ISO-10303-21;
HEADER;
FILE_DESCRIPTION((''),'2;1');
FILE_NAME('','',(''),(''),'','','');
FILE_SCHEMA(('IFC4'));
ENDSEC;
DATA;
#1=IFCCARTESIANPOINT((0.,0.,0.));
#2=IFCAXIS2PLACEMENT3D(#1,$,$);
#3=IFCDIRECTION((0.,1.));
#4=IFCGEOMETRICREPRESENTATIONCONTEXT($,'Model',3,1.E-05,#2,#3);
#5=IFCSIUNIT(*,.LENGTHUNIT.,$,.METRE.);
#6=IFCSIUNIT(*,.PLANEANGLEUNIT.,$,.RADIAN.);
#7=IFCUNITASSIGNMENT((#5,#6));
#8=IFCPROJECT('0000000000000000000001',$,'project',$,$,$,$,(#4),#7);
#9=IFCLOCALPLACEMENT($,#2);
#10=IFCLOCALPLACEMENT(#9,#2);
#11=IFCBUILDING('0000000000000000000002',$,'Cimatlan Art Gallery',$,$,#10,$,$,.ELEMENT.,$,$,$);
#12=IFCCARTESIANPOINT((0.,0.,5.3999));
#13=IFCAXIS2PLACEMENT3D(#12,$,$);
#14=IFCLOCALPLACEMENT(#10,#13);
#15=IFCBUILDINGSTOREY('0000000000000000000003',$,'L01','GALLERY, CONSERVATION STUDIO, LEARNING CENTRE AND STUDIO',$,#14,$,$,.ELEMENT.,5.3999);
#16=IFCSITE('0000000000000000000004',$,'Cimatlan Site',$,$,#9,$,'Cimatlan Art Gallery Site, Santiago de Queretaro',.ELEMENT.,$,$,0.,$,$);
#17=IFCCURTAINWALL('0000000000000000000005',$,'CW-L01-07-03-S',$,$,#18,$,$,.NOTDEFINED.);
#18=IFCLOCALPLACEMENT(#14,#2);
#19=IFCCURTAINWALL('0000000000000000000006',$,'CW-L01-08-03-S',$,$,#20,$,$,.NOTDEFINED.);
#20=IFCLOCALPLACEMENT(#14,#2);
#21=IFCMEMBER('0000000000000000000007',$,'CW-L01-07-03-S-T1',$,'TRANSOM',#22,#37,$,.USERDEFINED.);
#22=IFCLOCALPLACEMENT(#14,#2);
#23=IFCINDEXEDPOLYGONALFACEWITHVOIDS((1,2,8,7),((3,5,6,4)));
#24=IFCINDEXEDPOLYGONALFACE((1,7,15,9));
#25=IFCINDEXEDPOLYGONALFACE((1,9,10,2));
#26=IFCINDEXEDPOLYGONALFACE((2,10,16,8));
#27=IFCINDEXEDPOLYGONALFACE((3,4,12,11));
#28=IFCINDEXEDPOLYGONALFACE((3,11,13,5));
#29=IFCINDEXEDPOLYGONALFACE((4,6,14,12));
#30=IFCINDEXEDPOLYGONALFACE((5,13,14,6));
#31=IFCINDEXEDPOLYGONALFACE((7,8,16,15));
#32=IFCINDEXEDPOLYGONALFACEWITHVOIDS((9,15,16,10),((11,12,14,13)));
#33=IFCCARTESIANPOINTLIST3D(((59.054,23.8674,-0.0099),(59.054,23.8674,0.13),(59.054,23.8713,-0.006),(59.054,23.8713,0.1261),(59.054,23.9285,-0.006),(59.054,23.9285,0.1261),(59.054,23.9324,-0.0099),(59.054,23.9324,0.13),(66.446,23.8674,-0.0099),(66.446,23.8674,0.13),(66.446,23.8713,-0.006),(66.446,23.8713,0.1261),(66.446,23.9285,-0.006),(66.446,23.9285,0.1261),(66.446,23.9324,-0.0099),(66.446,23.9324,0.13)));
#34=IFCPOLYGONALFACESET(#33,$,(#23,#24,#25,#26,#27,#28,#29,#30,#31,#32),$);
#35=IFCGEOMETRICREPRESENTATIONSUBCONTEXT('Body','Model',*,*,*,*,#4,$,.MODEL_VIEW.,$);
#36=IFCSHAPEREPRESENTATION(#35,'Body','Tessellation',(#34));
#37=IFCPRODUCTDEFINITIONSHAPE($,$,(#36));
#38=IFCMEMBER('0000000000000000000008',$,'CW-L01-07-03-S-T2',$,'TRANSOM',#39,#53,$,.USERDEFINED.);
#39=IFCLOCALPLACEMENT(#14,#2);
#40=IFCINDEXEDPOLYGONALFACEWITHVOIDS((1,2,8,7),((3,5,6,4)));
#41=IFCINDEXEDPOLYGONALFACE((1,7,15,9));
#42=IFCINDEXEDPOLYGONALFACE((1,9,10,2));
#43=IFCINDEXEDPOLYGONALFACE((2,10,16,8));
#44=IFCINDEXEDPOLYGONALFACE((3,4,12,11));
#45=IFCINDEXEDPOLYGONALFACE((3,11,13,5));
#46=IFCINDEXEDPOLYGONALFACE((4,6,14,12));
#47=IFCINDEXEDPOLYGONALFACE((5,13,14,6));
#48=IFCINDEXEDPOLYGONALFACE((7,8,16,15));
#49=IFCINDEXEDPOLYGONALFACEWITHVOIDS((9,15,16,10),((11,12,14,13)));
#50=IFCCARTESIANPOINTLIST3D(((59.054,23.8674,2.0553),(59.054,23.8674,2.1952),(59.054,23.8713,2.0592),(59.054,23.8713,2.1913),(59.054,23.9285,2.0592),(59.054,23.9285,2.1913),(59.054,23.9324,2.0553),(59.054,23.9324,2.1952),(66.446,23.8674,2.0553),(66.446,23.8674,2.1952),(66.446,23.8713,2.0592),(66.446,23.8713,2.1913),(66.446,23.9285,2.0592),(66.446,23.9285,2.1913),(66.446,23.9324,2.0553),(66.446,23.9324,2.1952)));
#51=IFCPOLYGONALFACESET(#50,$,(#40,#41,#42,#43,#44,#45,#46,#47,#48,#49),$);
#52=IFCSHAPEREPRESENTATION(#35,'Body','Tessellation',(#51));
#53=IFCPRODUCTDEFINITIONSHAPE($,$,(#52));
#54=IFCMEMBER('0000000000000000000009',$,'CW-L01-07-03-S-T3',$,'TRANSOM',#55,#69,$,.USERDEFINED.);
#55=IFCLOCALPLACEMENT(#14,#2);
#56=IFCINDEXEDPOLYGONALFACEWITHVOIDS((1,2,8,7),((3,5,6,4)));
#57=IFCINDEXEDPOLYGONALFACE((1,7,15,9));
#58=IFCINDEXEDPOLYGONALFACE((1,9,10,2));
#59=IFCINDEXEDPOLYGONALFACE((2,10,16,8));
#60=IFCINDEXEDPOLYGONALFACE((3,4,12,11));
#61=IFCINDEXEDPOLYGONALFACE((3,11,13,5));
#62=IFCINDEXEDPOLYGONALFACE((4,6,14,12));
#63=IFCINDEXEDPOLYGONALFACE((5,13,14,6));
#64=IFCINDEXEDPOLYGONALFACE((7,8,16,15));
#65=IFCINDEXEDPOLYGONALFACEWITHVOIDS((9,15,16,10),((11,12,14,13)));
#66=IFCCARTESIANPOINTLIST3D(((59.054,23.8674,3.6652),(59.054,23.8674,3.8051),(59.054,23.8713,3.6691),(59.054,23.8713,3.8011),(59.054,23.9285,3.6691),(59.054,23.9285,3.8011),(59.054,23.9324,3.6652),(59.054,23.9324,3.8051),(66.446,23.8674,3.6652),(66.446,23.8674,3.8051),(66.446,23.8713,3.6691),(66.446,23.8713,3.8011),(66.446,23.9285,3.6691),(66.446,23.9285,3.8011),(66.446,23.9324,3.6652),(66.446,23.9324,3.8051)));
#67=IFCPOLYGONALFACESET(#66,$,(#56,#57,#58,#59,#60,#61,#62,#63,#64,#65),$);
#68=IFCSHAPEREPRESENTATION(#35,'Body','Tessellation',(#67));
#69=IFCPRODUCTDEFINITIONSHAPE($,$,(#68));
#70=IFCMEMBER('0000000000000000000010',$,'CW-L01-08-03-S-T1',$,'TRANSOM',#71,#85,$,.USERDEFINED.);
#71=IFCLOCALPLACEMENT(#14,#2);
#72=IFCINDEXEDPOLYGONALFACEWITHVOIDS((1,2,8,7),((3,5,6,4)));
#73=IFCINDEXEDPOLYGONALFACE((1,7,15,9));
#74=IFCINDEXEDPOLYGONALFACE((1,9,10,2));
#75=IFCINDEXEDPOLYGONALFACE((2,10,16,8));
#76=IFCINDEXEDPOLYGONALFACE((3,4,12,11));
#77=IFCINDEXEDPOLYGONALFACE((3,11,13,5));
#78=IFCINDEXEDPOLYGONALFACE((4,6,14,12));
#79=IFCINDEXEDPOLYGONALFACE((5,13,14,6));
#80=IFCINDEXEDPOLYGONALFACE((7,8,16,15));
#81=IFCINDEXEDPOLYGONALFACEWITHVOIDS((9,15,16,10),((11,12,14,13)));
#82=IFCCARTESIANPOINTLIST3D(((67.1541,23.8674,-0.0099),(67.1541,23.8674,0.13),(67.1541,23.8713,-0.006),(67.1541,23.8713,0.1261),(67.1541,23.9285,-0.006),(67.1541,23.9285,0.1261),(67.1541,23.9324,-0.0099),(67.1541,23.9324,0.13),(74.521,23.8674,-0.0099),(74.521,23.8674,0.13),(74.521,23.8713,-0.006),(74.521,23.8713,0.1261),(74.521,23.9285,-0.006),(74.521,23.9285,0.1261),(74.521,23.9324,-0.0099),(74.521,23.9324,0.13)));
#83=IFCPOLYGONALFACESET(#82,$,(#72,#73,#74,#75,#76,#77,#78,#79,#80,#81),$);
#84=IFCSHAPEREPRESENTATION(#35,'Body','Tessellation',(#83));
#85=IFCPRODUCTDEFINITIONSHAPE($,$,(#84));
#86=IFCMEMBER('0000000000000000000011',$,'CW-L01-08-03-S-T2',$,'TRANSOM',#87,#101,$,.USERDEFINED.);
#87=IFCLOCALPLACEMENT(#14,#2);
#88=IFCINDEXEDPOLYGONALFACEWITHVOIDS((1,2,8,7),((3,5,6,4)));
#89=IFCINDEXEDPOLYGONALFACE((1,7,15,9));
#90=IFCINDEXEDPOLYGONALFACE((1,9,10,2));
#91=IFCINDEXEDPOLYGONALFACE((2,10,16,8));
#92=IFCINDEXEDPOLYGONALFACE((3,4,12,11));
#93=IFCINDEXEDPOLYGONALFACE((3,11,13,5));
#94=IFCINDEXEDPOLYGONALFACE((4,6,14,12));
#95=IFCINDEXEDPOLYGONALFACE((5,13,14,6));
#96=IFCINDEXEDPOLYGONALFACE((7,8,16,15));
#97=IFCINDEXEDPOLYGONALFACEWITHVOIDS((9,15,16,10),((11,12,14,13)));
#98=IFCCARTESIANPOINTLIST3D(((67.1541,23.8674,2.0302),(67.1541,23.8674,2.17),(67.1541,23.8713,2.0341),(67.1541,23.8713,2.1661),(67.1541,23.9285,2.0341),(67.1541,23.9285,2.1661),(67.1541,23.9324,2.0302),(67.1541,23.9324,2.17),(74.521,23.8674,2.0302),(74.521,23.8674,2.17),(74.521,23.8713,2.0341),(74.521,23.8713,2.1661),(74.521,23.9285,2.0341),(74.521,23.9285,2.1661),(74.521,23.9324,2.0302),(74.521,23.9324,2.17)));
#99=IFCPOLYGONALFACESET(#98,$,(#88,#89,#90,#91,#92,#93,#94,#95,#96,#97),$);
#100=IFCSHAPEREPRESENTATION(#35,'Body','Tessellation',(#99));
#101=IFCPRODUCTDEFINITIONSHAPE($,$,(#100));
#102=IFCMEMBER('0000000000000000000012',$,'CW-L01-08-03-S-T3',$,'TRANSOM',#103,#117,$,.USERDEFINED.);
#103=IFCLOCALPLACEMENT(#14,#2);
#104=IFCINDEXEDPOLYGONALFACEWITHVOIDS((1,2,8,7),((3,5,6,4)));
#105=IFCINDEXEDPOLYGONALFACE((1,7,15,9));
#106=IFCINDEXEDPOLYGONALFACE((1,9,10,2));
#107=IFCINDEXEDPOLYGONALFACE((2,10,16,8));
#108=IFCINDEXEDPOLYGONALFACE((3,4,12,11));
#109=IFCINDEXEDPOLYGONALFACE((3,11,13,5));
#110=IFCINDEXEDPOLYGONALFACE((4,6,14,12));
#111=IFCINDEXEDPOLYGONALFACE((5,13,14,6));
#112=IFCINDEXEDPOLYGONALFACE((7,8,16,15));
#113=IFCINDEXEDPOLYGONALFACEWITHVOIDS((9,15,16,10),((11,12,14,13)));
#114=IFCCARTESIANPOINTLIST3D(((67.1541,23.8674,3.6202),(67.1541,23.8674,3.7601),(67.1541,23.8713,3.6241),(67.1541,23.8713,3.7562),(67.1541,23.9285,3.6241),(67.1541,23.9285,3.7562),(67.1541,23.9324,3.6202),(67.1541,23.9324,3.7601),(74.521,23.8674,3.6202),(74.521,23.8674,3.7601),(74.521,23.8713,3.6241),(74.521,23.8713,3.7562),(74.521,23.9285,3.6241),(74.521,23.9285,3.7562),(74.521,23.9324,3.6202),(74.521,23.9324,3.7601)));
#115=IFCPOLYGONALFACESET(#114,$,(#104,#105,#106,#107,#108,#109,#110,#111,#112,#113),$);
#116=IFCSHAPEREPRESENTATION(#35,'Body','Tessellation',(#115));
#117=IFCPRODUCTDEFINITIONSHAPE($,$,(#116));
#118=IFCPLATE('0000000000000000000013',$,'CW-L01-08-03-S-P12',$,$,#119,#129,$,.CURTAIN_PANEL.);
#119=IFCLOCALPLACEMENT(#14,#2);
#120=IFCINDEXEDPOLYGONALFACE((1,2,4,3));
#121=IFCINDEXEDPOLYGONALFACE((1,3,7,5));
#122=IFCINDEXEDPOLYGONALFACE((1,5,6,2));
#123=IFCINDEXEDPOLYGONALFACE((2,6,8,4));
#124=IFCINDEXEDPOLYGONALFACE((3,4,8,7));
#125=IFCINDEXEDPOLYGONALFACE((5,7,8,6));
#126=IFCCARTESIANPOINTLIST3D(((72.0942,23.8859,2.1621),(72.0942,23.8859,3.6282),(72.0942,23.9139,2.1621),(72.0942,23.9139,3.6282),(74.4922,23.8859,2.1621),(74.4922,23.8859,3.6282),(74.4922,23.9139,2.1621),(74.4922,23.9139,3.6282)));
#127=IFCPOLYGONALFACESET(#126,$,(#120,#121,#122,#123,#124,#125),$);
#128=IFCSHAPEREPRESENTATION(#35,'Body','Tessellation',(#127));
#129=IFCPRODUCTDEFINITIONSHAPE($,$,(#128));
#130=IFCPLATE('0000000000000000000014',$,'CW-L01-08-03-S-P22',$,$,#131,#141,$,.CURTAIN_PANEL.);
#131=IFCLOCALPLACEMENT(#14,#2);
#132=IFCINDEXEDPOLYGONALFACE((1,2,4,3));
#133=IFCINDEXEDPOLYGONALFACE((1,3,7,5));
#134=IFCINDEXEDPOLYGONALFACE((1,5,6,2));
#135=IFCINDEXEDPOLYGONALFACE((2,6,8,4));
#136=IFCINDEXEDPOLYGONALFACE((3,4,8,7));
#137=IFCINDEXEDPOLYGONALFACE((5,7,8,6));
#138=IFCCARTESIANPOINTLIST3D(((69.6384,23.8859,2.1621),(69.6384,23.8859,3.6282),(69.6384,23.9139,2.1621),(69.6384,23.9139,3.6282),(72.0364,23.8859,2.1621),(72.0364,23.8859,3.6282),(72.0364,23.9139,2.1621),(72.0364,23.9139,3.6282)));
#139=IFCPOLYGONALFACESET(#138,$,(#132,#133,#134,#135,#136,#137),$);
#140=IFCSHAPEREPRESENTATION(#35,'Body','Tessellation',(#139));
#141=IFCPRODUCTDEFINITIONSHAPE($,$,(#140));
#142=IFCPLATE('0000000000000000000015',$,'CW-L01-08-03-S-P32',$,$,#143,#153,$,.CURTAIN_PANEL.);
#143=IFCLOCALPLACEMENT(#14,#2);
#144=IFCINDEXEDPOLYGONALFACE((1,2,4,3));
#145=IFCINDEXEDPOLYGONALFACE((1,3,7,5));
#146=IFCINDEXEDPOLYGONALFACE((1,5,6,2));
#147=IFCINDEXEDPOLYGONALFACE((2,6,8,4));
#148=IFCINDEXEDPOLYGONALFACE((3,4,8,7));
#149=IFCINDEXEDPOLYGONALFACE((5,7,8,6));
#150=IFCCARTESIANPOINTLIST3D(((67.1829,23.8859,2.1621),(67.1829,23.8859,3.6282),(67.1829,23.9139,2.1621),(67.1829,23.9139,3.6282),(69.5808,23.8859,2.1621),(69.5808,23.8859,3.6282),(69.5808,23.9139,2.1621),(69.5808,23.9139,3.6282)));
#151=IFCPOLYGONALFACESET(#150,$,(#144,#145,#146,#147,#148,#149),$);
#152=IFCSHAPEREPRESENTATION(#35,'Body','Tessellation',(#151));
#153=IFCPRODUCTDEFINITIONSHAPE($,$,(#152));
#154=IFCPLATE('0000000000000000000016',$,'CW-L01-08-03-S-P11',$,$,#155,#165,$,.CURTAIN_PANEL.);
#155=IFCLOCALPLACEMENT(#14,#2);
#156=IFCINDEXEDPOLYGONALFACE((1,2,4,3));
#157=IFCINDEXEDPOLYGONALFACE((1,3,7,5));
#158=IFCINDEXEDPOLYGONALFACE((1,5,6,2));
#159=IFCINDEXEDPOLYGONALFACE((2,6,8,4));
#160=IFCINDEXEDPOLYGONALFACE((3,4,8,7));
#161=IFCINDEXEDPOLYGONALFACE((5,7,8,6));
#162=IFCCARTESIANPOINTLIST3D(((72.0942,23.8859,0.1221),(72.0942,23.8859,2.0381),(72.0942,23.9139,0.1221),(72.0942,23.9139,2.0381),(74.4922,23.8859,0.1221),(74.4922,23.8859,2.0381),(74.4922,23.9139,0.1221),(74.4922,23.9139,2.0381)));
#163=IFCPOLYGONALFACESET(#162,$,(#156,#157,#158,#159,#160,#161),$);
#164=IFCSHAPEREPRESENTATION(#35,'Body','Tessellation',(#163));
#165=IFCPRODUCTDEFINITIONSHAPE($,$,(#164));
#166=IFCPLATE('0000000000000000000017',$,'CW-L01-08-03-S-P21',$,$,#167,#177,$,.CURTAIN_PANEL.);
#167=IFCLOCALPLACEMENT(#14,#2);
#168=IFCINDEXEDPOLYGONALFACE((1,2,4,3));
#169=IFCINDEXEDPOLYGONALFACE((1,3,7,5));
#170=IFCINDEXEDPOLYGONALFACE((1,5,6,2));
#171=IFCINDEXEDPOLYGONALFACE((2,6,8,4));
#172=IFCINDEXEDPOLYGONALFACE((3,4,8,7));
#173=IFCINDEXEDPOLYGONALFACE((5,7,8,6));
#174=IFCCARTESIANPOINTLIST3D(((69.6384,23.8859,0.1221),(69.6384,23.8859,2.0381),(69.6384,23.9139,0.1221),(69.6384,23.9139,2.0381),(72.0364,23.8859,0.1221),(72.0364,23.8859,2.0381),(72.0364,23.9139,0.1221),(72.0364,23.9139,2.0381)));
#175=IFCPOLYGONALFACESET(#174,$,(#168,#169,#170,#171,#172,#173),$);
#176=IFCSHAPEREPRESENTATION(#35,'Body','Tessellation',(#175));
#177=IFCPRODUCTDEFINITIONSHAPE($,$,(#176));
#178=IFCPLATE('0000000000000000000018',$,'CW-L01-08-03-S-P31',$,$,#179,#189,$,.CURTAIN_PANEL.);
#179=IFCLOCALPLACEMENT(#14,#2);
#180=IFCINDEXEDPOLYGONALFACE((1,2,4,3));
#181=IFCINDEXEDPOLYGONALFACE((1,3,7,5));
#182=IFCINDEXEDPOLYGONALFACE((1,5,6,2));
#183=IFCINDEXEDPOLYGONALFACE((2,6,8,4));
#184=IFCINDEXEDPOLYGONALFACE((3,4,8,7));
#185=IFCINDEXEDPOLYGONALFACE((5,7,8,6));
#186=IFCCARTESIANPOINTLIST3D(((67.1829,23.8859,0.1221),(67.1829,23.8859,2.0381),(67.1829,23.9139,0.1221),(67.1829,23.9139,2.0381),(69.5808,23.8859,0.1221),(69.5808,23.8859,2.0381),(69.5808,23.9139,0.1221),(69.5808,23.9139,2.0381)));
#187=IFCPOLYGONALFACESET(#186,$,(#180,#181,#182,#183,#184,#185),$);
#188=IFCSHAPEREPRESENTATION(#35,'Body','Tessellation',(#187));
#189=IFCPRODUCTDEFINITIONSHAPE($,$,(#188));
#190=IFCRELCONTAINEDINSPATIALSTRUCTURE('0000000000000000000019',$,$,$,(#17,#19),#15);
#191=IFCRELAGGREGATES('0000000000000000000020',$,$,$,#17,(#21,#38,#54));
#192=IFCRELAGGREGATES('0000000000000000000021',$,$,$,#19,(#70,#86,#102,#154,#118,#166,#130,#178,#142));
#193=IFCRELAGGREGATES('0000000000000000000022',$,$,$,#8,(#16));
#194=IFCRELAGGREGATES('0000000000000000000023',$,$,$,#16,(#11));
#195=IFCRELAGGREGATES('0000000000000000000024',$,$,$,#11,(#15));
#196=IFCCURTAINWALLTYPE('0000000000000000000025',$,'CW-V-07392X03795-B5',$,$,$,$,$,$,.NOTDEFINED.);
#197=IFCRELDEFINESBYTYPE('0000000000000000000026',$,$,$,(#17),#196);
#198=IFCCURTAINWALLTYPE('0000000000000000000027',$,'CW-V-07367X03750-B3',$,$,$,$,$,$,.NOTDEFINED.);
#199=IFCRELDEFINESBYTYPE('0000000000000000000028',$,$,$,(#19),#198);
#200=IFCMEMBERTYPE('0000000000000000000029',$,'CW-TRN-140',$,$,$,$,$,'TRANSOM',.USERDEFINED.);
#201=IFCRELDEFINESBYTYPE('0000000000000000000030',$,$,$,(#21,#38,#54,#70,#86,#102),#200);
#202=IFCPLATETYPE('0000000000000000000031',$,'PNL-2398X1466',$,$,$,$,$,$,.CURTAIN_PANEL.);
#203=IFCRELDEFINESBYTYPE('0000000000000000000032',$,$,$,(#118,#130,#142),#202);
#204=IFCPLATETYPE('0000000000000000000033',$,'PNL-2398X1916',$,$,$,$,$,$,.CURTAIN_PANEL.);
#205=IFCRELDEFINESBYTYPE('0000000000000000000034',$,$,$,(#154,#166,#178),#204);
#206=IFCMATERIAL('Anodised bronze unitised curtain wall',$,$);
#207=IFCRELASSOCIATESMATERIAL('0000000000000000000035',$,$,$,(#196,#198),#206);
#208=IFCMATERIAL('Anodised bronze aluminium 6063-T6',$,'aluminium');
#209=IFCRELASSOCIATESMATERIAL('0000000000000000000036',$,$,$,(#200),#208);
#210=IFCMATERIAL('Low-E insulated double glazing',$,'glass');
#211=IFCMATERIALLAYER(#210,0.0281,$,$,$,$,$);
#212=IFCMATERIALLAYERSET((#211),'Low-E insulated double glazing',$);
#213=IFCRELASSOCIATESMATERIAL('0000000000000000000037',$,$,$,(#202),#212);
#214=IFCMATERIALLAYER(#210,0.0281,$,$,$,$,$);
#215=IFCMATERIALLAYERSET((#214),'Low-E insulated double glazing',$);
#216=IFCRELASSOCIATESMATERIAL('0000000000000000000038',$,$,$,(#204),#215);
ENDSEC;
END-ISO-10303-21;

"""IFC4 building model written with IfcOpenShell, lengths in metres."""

from ifc_helpers import new_model, si_unit, direction, frame, origin, origin_2d, place, context, subcontext, project, spatial, rectangle, hollow_rectangle, extrude, material, layer, layer_set, material_profile, profile_set, type_object, element, aggregate, save


model = new_model("IFC4")

# Units and contexts
model_context = context("Model", 3, precision=1e-05, world=origin(), true_north=direction((0.0, 1.0)))
body_context = subcontext(model_context, "Body", "Model", "MODEL_VIEW")
ifc_project = project(units=[si_unit("LENGTHUNIT", "METRE"), si_unit("PLANEANGLEUNIT", "RADIAN")], contexts=[model_context])

# Site, building, storey
site_placement = place(None, origin())
site = spatial("IfcSite", under=ifc_project, at=site_placement, Name="Cimatlan Site", LongName="Cimatlan Art Gallery Site, Santiago de Queretaro", CompositionType="ELEMENT", RefElevation=0.0)
building_placement = place(site_placement, origin())
building = spatial("IfcBuilding", under=site, at=building_placement, Name="Cimatlan Art Gallery", CompositionType="ELEMENT")
storey_placement = place(building_placement, frame((0.0, 0.0, 5.3999)))
storey = spatial("IfcBuildingStorey", under=building, at=storey_placement, Name="L01", Description="GALLERY, CONSERVATION STUDIO, LEARNING CENTRE AND STUDIO", CompositionType="ELEMENT", Elevation=5.3999)

# Curtain wall
ifc_material_1 = material(Name="Anodised bronze unitised curtain wall")
curtain_wall_type_1 = type_object("IfcCurtainWallType", Name="CW-V-07392X03795-B5", PredefinedType="NOTDEFINED", material=ifc_material_1)
curtain_wall_1_placement = place(storey_placement, origin())
curtain_wall_1 = element("IfcCurtainWall", 1, at=curtain_wall_1_placement, inside=storey, type_object=curtain_wall_type_1, Name="CW-L01-07-03-S", PredefinedType="NOTDEFINED")
ifc_material_2 = material(Name="Anodised bronze aluminium 6063-T6", Category="aluminium")

# Curtain wall
curtain_wall_type_2 = type_object("IfcCurtainWallType", Name="CW-V-07367X03750-B3", PredefinedType="NOTDEFINED", material=ifc_material_1)
curtain_wall_2_placement = place(storey_placement, origin())
curtain_wall_2 = element("IfcCurtainWall", 2, at=curtain_wall_2_placement, inside=storey, type_object=curtain_wall_type_2, Name="CW-L01-08-03-S", PredefinedType="NOTDEFINED")

# Members
ifc_material_profile_1 = material_profile(ifc_material_2, hollow_rectangle(XDim=0.0649, YDim=0.1399, WallThickness=0.0039, at=origin_2d()), Name="ALU65X140X4")
ifc_profile_set_1 = profile_set([ifc_material_profile_1], Name="Anodised bronze aluminium 6063-T6")
member_type_1 = type_object("IfcMemberType", Name="CW-TRN-140", ElementType="TRANSOM", PredefinedType="USERDEFINED", material=ifc_profile_set_1)
member_1_placement = place(storey_placement, frame((66.446, 23.8999, 0.0601), z_axis=(-1.0, 0.0, 0.0), x_axis=(0.0, -1.0, 0.0)))
member_1 = element("IfcMember", 3, at=member_1_placement, type_object=member_type_1, Name="CW-L01-07-03-S-T1", ObjectType="TRANSOM", PredefinedType="USERDEFINED", context=body_context, shape_type="SweptSolid", body=[
    extrude(hollow_rectangle(XDim=0.0649, YDim=0.1399, WallThickness=0.0039, at=origin_2d()), origin(), (0.0, 0.0, 1.0), 7.3921),
])
member_2_placement = place(storey_placement, frame((66.446, 23.8999, 2.1252), z_axis=(-1.0, 0.0, 0.0), x_axis=(0.0, -1.0, 0.0)))
member_2 = element("IfcMember", 4, at=member_2_placement, type_object=member_type_1, Name="CW-L01-07-03-S-T2", ObjectType="TRANSOM", PredefinedType="USERDEFINED", context=body_context, shape_type="SweptSolid", body=[
    extrude(hollow_rectangle(XDim=0.0649, YDim=0.1399, WallThickness=0.0039, at=origin_2d()), origin(), (0.0, 0.0, 1.0), 7.3921),
])
member_3_placement = place(storey_placement, frame((66.446, 23.8999, 3.7351), z_axis=(-1.0, 0.0, 0.0), x_axis=(0.0, -1.0, 0.0)))
member_3 = element("IfcMember", 5, at=member_3_placement, type_object=member_type_1, Name="CW-L01-07-03-S-T3", ObjectType="TRANSOM", PredefinedType="USERDEFINED", context=body_context, shape_type="SweptSolid", body=[
    extrude(hollow_rectangle(XDim=0.0649, YDim=0.1399, WallThickness=0.0039, at=origin_2d()), origin(), (0.0, 0.0, 1.0), 7.3921),
])
aggregate(curtain_wall_1, [member_1, member_2, member_3])
member_4_placement = place(storey_placement, frame((74.521, 23.8999, 0.0601), z_axis=(-1.0, 0.0, 0.0), x_axis=(0.0, -1.0, 0.0)))
member_4 = element("IfcMember", 6, at=member_4_placement, type_object=member_type_1, Name="CW-L01-08-03-S-T1", ObjectType="TRANSOM", PredefinedType="USERDEFINED", context=body_context, shape_type="SweptSolid", body=[
    extrude(hollow_rectangle(XDim=0.0649, YDim=0.1399, WallThickness=0.0039, at=origin_2d()), origin(), (0.0, 0.0, 1.0), 7.3669),
])
member_5_placement = place(storey_placement, frame((74.521, 23.8999, 2.1001), z_axis=(-1.0, 0.0, 0.0), x_axis=(0.0, -1.0, 0.0)))
member_5 = element("IfcMember", 7, at=member_5_placement, type_object=member_type_1, Name="CW-L01-08-03-S-T2", ObjectType="TRANSOM", PredefinedType="USERDEFINED", context=body_context, shape_type="SweptSolid", body=[
    extrude(hollow_rectangle(XDim=0.0649, YDim=0.1399, WallThickness=0.0039, at=origin_2d()), origin(), (0.0, 0.0, 1.0), 7.3669),
])
member_6_placement = place(storey_placement, frame((74.521, 23.8999, 3.6902), z_axis=(-1.0, 0.0, 0.0), x_axis=(0.0, -1.0, 0.0)))
member_6 = element("IfcMember", 8, at=member_6_placement, type_object=member_type_1, Name="CW-L01-08-03-S-T3", ObjectType="TRANSOM", PredefinedType="USERDEFINED", context=body_context, shape_type="SweptSolid", body=[
    extrude(hollow_rectangle(XDim=0.0649, YDim=0.1399, WallThickness=0.0039, at=origin_2d()), origin(), (0.0, 0.0, 1.0), 7.3669),
])

# Plates
ifc_material_3 = material(Name="Low-E insulated double glazing", Category="glass")
ifc_layer_1 = layer(ifc_material_3, 0.0281)
ifc_layer_set_1 = layer_set([ifc_layer_1], Name="Low-E insulated double glazing")
plate_type_1 = type_object("IfcPlateType", Name="PNL-2398X1466", PredefinedType="CURTAIN_PANEL", material=ifc_layer_set_1)
plate_1_placement = place(storey_placement, frame((73.2932, 23.8999, 2.1621), z_axis=(0.0, 0.0, 1.0), x_axis=(-1.0, 0.0, 0.0)))
plate_1 = element("IfcPlate", 9, at=plate_1_placement, type_object=plate_type_1, Name="CW-L01-08-03-S-P12", PredefinedType="CURTAIN_PANEL", context=body_context, shape_type="SweptSolid", body=[
    extrude(rectangle(XDim=2.3979, YDim=0.0281, at=origin_2d()), origin(), (0.0, 0.0, 1.0), 1.4661),
])
plate_2_placement = place(storey_placement, frame((70.8374, 23.8999, 2.1621), z_axis=(0.0, 0.0, 1.0), x_axis=(-1.0, 0.0, 0.0)))
plate_2 = element("IfcPlate", 10, at=plate_2_placement, type_object=plate_type_1, Name="CW-L01-08-03-S-P22", PredefinedType="CURTAIN_PANEL", context=body_context, shape_type="SweptSolid", body=[
    extrude(rectangle(XDim=2.3979, YDim=0.0281, at=origin_2d()), origin(), (0.0, 0.0, 1.0), 1.4661),
])
plate_3_placement = place(storey_placement, frame((68.3818, 23.8999, 2.1621), z_axis=(0.0, 0.0, 1.0), x_axis=(-1.0, 0.0, 0.0)))
plate_3 = element("IfcPlate", 11, at=plate_3_placement, type_object=plate_type_1, Name="CW-L01-08-03-S-P32", PredefinedType="CURTAIN_PANEL", context=body_context, shape_type="SweptSolid", body=[
    extrude(rectangle(XDim=2.3979, YDim=0.0281, at=origin_2d()), origin(), (0.0, 0.0, 1.0), 1.4661),
])
ifc_layer_2 = layer(ifc_material_3, 0.0281)
ifc_layer_set_2 = layer_set([ifc_layer_2], Name="Low-E insulated double glazing")
plate_type_2 = type_object("IfcPlateType", Name="PNL-2398X1916", PredefinedType="CURTAIN_PANEL", material=ifc_layer_set_2)
plate_4_placement = place(storey_placement, frame((73.2932, 23.8999, 0.1221), z_axis=(0.0, 0.0, 1.0), x_axis=(-1.0, 0.0, 0.0)))
plate_4 = element("IfcPlate", 12, at=plate_4_placement, type_object=plate_type_2, Name="CW-L01-08-03-S-P11", PredefinedType="CURTAIN_PANEL", context=body_context, shape_type="SweptSolid", body=[
    extrude(rectangle(XDim=2.3979, YDim=0.0281, at=origin_2d()), origin(), (0.0, 0.0, 1.0), 1.916),
])
plate_5_placement = place(storey_placement, frame((70.8374, 23.8999, 0.1221), z_axis=(0.0, 0.0, 1.0), x_axis=(-1.0, 0.0, 0.0)))
plate_5 = element("IfcPlate", 13, at=plate_5_placement, type_object=plate_type_2, Name="CW-L01-08-03-S-P21", PredefinedType="CURTAIN_PANEL", context=body_context, shape_type="SweptSolid", body=[
    extrude(rectangle(XDim=2.3979, YDim=0.0281, at=origin_2d()), origin(), (0.0, 0.0, 1.0), 1.916),
])
plate_6_placement = place(storey_placement, frame((68.3818, 23.8999, 0.1221), z_axis=(0.0, 0.0, 1.0), x_axis=(-1.0, 0.0, 0.0)))
plate_6 = element("IfcPlate", 14, at=plate_6_placement, type_object=plate_type_2, Name="CW-L01-08-03-S-P31", PredefinedType="CURTAIN_PANEL", context=body_context, shape_type="SweptSolid", body=[
    extrude(rectangle(XDim=2.3979, YDim=0.0281, at=origin_2d()), origin(), (0.0, 0.0, 1.0), 1.916),
])
aggregate(curtain_wall_2, [member_4, member_5, member_6, plate_4, plate_1, plate_5, plate_2, plate_6, plate_3])

save(model, "model.ifc")
